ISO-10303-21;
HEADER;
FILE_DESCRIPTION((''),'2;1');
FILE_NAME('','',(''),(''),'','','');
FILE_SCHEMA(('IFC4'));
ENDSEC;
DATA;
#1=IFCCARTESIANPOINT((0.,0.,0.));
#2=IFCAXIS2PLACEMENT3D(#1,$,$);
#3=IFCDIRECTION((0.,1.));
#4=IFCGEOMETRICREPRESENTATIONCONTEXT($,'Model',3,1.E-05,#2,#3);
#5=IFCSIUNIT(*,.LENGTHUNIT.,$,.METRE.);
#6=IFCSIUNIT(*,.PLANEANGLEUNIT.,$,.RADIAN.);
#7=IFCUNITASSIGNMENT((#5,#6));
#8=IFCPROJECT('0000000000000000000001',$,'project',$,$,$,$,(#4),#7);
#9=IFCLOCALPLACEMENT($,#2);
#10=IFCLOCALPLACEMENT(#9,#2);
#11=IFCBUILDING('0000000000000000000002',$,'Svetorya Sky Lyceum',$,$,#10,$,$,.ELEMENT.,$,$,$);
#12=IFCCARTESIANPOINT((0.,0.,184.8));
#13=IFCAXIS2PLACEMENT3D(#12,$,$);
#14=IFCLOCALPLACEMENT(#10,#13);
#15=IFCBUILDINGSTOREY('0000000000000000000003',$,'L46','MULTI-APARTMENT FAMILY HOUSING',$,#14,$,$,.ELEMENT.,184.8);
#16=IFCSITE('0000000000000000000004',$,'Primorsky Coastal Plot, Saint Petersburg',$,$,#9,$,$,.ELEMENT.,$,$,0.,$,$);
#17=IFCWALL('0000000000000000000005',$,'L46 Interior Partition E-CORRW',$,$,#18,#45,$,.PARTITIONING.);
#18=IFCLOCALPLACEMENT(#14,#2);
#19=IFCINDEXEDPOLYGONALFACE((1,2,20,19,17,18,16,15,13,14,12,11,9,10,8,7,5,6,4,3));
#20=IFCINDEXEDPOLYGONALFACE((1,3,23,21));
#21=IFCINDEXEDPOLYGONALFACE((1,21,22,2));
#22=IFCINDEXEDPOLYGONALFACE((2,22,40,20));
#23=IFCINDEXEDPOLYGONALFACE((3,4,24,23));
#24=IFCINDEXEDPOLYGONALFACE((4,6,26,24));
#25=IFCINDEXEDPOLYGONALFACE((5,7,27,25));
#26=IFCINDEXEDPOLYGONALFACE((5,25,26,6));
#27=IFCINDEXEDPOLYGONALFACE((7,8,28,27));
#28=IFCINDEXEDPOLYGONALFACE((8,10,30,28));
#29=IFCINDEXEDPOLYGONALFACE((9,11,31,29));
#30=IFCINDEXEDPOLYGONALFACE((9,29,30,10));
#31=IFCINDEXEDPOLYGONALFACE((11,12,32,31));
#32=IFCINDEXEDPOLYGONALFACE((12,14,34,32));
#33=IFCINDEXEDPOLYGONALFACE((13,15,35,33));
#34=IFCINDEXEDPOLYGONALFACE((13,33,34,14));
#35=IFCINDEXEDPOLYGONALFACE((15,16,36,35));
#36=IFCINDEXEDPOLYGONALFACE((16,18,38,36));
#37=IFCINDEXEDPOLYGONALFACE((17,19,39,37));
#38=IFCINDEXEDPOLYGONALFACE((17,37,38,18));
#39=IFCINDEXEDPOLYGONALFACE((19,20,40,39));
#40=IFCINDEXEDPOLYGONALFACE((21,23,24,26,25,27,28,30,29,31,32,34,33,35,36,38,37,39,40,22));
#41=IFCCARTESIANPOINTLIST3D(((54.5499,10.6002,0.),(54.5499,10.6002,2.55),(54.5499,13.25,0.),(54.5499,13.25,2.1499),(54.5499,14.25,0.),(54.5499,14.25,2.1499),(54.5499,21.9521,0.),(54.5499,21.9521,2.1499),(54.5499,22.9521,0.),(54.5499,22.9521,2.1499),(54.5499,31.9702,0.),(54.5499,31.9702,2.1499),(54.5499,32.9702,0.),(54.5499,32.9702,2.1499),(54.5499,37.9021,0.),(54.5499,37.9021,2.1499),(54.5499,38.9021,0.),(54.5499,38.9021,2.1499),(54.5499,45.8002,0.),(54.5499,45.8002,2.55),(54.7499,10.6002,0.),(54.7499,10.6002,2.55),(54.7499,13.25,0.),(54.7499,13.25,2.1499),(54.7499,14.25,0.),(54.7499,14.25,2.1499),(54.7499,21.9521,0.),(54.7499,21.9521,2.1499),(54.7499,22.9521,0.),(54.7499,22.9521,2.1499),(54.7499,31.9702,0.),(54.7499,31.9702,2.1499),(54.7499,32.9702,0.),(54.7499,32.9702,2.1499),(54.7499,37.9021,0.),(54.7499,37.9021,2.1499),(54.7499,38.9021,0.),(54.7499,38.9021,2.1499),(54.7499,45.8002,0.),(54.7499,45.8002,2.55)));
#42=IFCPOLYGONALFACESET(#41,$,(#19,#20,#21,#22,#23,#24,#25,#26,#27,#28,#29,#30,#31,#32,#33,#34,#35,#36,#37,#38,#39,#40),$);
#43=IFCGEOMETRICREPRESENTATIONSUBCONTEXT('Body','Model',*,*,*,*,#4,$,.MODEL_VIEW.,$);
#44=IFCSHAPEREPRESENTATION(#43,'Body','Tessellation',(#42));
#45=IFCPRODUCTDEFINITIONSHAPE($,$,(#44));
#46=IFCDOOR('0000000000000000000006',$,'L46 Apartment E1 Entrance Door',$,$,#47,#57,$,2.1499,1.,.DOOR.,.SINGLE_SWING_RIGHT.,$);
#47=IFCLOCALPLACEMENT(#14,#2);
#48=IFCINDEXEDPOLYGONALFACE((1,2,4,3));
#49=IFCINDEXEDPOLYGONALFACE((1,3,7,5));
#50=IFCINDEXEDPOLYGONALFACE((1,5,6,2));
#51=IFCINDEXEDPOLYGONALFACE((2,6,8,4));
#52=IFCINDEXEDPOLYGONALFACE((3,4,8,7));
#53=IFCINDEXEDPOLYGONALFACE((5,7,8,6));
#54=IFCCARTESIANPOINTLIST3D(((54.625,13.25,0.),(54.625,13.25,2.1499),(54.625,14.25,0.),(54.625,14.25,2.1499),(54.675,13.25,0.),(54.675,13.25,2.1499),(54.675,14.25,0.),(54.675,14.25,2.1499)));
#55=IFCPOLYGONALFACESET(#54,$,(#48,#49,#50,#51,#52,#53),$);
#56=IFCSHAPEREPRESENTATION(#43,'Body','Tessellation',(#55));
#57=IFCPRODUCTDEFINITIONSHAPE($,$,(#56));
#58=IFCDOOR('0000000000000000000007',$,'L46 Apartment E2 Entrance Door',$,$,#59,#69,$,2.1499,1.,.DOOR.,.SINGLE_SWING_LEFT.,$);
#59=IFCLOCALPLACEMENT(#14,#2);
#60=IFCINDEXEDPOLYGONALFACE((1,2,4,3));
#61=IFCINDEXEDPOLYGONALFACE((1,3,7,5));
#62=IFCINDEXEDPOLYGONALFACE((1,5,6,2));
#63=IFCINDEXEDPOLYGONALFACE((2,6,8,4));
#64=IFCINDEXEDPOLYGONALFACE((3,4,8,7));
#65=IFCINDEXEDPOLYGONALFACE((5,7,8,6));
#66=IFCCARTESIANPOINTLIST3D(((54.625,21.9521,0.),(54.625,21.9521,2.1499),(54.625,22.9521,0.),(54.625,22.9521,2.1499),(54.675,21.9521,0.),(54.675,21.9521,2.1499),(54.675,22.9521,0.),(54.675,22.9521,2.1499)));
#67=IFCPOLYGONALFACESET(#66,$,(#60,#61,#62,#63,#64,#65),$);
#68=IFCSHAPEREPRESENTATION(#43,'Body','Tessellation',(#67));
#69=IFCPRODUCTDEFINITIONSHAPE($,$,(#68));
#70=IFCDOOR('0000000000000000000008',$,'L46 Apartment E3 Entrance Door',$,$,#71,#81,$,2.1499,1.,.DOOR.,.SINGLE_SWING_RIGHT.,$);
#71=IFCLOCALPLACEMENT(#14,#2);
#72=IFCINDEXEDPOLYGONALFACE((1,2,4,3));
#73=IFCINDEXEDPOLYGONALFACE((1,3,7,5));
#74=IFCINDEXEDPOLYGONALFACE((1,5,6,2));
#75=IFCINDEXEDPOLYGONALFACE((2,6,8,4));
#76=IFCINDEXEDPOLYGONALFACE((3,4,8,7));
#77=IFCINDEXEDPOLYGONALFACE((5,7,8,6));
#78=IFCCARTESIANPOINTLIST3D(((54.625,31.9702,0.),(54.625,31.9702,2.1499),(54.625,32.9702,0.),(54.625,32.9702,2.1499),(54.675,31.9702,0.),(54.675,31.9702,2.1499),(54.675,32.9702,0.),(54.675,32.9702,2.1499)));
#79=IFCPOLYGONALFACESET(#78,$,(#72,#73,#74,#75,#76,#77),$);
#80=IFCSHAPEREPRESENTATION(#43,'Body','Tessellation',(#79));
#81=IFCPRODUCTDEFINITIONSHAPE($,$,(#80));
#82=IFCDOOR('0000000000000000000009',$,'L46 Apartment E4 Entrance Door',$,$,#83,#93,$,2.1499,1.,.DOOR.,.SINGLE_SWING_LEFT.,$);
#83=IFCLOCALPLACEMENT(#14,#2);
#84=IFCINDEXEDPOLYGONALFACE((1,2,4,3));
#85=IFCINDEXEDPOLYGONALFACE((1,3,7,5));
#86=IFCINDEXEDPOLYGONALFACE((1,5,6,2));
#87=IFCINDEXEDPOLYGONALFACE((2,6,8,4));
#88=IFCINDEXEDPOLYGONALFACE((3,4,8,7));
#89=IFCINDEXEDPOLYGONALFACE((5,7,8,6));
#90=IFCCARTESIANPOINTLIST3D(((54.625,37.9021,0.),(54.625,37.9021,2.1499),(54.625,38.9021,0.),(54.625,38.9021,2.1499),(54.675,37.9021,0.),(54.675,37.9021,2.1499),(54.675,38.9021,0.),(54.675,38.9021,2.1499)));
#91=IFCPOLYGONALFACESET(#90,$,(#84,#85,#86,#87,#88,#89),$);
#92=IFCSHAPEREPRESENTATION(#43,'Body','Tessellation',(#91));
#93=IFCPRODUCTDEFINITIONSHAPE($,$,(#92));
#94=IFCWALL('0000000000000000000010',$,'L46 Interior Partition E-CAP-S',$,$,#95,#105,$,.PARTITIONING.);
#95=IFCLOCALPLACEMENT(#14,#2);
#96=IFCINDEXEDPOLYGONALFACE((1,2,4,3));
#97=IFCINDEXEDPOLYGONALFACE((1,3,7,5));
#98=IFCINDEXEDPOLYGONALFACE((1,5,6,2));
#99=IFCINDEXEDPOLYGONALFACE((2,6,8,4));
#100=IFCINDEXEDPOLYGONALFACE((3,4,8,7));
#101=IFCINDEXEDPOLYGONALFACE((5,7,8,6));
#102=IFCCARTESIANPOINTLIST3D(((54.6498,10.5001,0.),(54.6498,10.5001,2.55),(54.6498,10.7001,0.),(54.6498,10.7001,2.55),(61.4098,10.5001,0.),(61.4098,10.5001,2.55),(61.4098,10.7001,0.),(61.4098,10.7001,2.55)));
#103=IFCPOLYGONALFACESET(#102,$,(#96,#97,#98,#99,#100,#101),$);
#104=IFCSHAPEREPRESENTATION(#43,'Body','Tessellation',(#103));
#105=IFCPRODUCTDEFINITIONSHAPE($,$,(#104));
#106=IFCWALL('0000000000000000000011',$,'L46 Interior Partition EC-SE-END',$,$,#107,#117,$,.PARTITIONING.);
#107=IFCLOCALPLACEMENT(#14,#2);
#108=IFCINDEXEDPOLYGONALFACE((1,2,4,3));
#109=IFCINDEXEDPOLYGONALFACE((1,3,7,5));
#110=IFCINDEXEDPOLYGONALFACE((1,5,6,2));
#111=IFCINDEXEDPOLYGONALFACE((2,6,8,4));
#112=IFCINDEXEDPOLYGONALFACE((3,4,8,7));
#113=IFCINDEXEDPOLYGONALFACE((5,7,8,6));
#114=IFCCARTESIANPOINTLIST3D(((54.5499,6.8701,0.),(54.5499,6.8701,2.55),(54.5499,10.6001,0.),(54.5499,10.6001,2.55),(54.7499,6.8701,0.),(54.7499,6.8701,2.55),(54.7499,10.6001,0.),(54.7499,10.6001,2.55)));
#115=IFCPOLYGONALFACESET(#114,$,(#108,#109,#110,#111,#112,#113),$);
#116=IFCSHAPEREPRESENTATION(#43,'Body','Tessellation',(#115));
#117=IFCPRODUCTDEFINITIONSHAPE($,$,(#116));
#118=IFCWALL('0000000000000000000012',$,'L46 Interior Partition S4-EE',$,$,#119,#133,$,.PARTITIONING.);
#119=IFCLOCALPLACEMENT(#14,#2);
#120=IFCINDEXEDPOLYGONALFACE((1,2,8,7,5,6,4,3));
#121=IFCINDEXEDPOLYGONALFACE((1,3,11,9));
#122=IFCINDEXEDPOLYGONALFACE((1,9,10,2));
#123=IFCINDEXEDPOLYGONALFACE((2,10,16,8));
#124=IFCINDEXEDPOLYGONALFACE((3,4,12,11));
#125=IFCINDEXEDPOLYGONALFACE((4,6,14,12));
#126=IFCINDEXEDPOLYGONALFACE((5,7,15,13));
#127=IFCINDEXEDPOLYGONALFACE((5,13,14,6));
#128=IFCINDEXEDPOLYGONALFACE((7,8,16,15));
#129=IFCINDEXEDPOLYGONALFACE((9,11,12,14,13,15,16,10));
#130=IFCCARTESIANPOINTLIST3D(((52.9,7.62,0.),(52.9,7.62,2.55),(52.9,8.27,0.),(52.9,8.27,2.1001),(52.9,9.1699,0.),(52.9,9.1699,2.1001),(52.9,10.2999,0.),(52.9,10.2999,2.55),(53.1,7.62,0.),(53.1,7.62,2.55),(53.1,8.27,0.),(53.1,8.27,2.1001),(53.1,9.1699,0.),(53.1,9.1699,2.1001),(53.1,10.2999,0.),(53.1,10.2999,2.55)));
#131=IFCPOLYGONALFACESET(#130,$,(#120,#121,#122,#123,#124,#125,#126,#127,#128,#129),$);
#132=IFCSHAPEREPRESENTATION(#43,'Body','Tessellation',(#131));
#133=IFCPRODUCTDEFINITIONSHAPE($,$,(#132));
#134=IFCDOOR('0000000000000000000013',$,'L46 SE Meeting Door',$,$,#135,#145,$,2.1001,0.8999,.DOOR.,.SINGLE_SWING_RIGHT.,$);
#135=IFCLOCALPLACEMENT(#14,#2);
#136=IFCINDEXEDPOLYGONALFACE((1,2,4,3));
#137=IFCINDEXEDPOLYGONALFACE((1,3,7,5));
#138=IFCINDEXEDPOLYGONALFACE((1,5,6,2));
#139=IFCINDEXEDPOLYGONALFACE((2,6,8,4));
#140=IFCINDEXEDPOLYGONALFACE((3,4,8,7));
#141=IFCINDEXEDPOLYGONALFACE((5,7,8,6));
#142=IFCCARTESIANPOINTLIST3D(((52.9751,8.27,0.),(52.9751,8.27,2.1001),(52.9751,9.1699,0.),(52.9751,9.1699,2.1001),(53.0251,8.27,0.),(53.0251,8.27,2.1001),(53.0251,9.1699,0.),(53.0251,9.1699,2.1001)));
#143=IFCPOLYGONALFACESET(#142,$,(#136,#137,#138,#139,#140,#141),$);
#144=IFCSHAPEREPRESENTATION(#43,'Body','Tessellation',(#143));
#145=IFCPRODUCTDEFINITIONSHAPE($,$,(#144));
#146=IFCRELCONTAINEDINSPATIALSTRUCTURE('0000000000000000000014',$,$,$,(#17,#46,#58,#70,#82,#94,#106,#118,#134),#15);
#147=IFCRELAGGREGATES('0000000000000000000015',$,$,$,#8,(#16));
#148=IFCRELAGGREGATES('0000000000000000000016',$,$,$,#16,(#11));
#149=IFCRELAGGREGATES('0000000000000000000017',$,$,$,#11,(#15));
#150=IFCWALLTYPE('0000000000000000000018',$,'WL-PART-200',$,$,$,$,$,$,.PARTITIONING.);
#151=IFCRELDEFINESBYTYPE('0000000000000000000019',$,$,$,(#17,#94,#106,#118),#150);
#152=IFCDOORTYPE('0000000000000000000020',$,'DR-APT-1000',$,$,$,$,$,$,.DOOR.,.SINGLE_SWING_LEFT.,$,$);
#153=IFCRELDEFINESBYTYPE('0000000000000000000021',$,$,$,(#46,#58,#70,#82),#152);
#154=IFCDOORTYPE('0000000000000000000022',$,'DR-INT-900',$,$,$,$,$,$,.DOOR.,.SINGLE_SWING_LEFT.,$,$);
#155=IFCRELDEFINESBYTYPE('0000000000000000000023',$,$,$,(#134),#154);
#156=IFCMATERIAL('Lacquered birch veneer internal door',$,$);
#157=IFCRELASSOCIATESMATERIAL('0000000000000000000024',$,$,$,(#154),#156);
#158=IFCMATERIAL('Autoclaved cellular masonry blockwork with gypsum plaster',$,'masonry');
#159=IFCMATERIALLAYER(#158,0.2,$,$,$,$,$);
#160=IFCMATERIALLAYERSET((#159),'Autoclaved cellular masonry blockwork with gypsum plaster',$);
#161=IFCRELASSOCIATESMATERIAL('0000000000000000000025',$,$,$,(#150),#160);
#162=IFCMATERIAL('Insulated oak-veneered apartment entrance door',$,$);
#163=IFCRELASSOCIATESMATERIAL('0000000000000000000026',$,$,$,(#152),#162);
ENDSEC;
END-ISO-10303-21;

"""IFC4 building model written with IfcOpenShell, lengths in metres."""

from ifc_helpers import new_model, si_unit, direction, frame, frame_2d, origin, place, context, subcontext, project, spatial, rectangle, extrude, material, layer, layer_set, type_object, element, fill, save


model = new_model("IFC4")

# Units and contexts
model_context = context("Model", 3, precision=1e-05, world=origin(), true_north=direction((0.0, 1.0)))
body_context = subcontext(model_context, "Body", "Model", "MODEL_VIEW")
ifc_project = project(units=[si_unit("LENGTHUNIT", "METRE"), si_unit("PLANEANGLEUNIT", "RADIAN")], contexts=[model_context])

# Site, building, storey
site_placement = place(None, origin())
site = spatial("IfcSite", under=ifc_project, at=site_placement, Name="Primorsky Coastal Plot, Saint Petersburg", CompositionType="ELEMENT", RefElevation=0.0)
building_placement = place(site_placement, origin())
building = spatial("IfcBuilding", under=site, at=building_placement, Name="Svetorya Sky Lyceum", CompositionType="ELEMENT")
storey_placement = place(building_placement, frame((0.0, 0.0, 184.8)))
storey = spatial("IfcBuildingStorey", under=building, at=storey_placement, Name="L46", Description="MULTI-APARTMENT FAMILY HOUSING", CompositionType="ELEMENT", Elevation=184.8)

# Shared definitions
ifc_material_1 = material(Name="Lacquered birch veneer internal door")
door_type_1 = type_object("IfcDoorType", Name="DR-INT-900", OperationType="SINGLE_SWING_LEFT", PredefinedType="DOOR", material=ifc_material_1)

# Wall, openings, doors
ifc_material_2 = material(Name="Autoclaved cellular masonry blockwork with gypsum plaster", Category="masonry")
ifc_layer_1 = layer(ifc_material_2, 0.2)
ifc_layer_set_1 = layer_set([ifc_layer_1], Name="Autoclaved cellular masonry blockwork with gypsum plaster")
wall_type_1 = type_object("IfcWallType", Name="WL-PART-200", PredefinedType="PARTITIONING", material=ifc_layer_set_1)
wall_1_placement = place(storey_placement, frame((54.6499, 10.6001, 0.0), z_axis=(0.0, 0.0, 1.0), x_axis=(0.0, 1.0, 0.0)))
wall_1 = element("IfcWall", 1, at=wall_1_placement, inside=storey, type_object=wall_type_1, Name="L46 Interior Partition E-CORRW", PredefinedType="PARTITIONING", context=body_context, shape_type="SweptSolid", body=[
    extrude(rectangle(XDim=35.2, YDim=0.2, at=frame_2d((17.6001, 0.0))), origin(), (0.0, 0.0, 1.0), 2.55),
])
opening_1_placement = place(wall_1_placement, frame((2.6499, 0.0, 0.0)))
opening_1 = element("IfcOpeningElement", 2, at=opening_1_placement, cuts=wall_1, PredefinedType="OPENING", context=body_context, shape_type="SweptSolid", body=[
    extrude(rectangle(XDim=1.0, YDim=2.1499, at=frame_2d((0.5, 1.075))), frame((0.0, 0.1099, 0.0), z_axis=(0.0, -1.0, 0.0), x_axis=(1.0, 0.0, 0.0)), (0.0, 0.0, 1.0), 0.22),
])
opening_2_placement = place(wall_1_placement, frame((11.3521, 0.0, 0.0)))
opening_2 = element("IfcOpeningElement", 3, at=opening_2_placement, cuts=wall_1, PredefinedType="OPENING", context=body_context, shape_type="SweptSolid", body=[
    extrude(rectangle(XDim=1.0, YDim=2.1499, at=frame_2d((0.5, 1.075))), frame((0.0, 0.1099, 0.0), z_axis=(0.0, -1.0, 0.0), x_axis=(1.0, 0.0, 0.0)), (0.0, 0.0, 1.0), 0.22),
])
opening_3_placement = place(wall_1_placement, frame((21.3701, 0.0, 0.0)))
opening_3 = element("IfcOpeningElement", 4, at=opening_3_placement, cuts=wall_1, PredefinedType="OPENING", context=body_context, shape_type="SweptSolid", body=[
    extrude(rectangle(XDim=1.0, YDim=2.1499, at=frame_2d((0.5, 1.075))), frame((0.0, 0.1099, 0.0), z_axis=(0.0, -1.0, 0.0), x_axis=(1.0, 0.0, 0.0)), (0.0, 0.0, 1.0), 0.22),
])
opening_4_placement = place(wall_1_placement, frame((27.302, 0.0, 0.0)))
opening_4 = element("IfcOpeningElement", 5, at=opening_4_placement, cuts=wall_1, PredefinedType="OPENING", context=body_context, shape_type="SweptSolid", body=[
    extrude(rectangle(XDim=1.0, YDim=2.1499, at=frame_2d((0.5, 1.075))), frame((0.0, 0.1099, 0.0), z_axis=(0.0, -1.0, 0.0), x_axis=(1.0, 0.0, 0.0)), (0.0, 0.0, 1.0), 0.22),
])
ifc_material_3 = material(Name="Insulated oak-veneered apartment entrance door")
door_type_2 = type_object("IfcDoorType", Name="DR-APT-1000", OperationType="SINGLE_SWING_LEFT", PredefinedType="DOOR", material=ifc_material_3)
door_1_placement = place(opening_1_placement, origin())
door_1 = element("IfcDoor", 6, at=door_1_placement, inside=storey, type_object=door_type_2, Name="L46 Apartment E1 Entrance Door", OperationType="SINGLE_SWING_RIGHT", OverallHeight=2.1499, OverallWidth=1.0, PredefinedType="DOOR", context=body_context, shape_type="SweptSolid", body=[
    extrude(rectangle(XDim=1.0, YDim=2.1499, at=frame_2d((0.5, 1.075))), frame((0.0, 0.0249, 0.0), z_axis=(0.0, -1.0, 0.0), x_axis=(1.0, 0.0, 0.0)), (0.0, 0.0, 1.0), 0.05),
])
fill(opening_1, door_1)
door_2_placement = place(opening_2_placement, origin())
door_2 = element("IfcDoor", 7, at=door_2_placement, inside=storey, type_object=door_type_2, Name="L46 Apartment E2 Entrance Door", OperationType="SINGLE_SWING_LEFT", OverallHeight=2.1499, OverallWidth=1.0, PredefinedType="DOOR", context=body_context, shape_type="SweptSolid", body=[
    extrude(rectangle(XDim=1.0, YDim=2.1499, at=frame_2d((0.5, 1.075))), frame((0.0, 0.0249, 0.0), z_axis=(0.0, -1.0, 0.0), x_axis=(1.0, 0.0, 0.0)), (0.0, 0.0, 1.0), 0.05),
])
fill(opening_2, door_2)
door_3_placement = place(opening_3_placement, origin())
door_3 = element("IfcDoor", 8, at=door_3_placement, inside=storey, type_object=door_type_2, Name="L46 Apartment E3 Entrance Door", OperationType="SINGLE_SWING_RIGHT", OverallHeight=2.1499, OverallWidth=1.0, PredefinedType="DOOR", context=body_context, shape_type="SweptSolid", body=[
    extrude(rectangle(XDim=1.0, YDim=2.1499, at=frame_2d((0.5, 1.075))), frame((0.0, 0.0249, 0.0), z_axis=(0.0, -1.0, 0.0), x_axis=(1.0, 0.0, 0.0)), (0.0, 0.0, 1.0), 0.05),
])
fill(opening_3, door_3)
door_4_placement = place(opening_4_placement, origin())
door_4 = element("IfcDoor", 9, at=door_4_placement, inside=storey, type_object=door_type_2, Name="L46 Apartment E4 Entrance Door", OperationType="SINGLE_SWING_LEFT", OverallHeight=2.1499, OverallWidth=1.0, PredefinedType="DOOR", context=body_context, shape_type="SweptSolid", body=[
    extrude(rectangle(XDim=1.0, YDim=2.1499, at=frame_2d((0.5, 1.075))), frame((0.0, 0.0249, 0.0), z_axis=(0.0, -1.0, 0.0), x_axis=(1.0, 0.0, 0.0)), (0.0, 0.0, 1.0), 0.05),
])
fill(opening_4, door_4)

# Walls
wall_2_placement = place(storey_placement, frame((54.6499, 10.6001, 0.0), z_axis=(0.0, 0.0, 1.0), x_axis=(1.0, 0.0, 0.0)))
element("IfcWall", 10, at=wall_2_placement, inside=storey, type_object=wall_type_1, Name="L46 Interior Partition E-CAP-S", PredefinedType="PARTITIONING", context=body_context, shape_type="SweptSolid", body=[
    extrude(rectangle(XDim=6.76, YDim=0.2, at=frame_2d((3.3799, 0.0))), origin(), (0.0, 0.0, 1.0), 2.55),
])
wall_3_placement = place(storey_placement, frame((54.6499, 6.8701, 0.0), z_axis=(0.0, 0.0, 1.0), x_axis=(0.0, 1.0, 0.0)))
element("IfcWall", 11, at=wall_3_placement, inside=storey, type_object=wall_type_1, Name="L46 Interior Partition EC-SE-END", PredefinedType="PARTITIONING", context=body_context, shape_type="SweptSolid", body=[
    extrude(rectangle(XDim=3.73, YDim=0.2, at=frame_2d((1.865, 0.0))), origin(), (0.0, 0.0, 1.0), 2.55),
])

# Wall, opening, door
wall_4_placement = place(storey_placement, frame((53.0, 7.6201, 0.0), z_axis=(0.0, 0.0, 1.0), x_axis=(0.0, 1.0, 0.0)))
wall_4 = element("IfcWall", 12, at=wall_4_placement, inside=storey, type_object=wall_type_1, Name="L46 Interior Partition S4-EE", PredefinedType="PARTITIONING", context=body_context, shape_type="SweptSolid", body=[
    extrude(rectangle(XDim=2.6799, YDim=0.2, at=frame_2d((1.3398, 0.0))), origin(), (0.0, 0.0, 1.0), 2.55),
])
opening_5_placement = place(wall_4_placement, frame((0.6499, 0.0, 0.0)))
opening_5 = element("IfcOpeningElement", 13, at=opening_5_placement, cuts=wall_4, PredefinedType="OPENING", context=body_context, shape_type="SweptSolid", body=[
    extrude(rectangle(XDim=0.8999, YDim=2.1001, at=frame_2d((0.45, 1.05))), frame((0.0, 0.1099, 0.0), z_axis=(0.0, -1.0, 0.0), x_axis=(1.0, 0.0, 0.0)), (0.0, 0.0, 1.0), 0.22),
])
door_5_placement = place(opening_5_placement, origin())
door_5 = element("IfcDoor", 14, at=door_5_placement, inside=storey, type_object=door_type_1, Name="L46 SE Meeting Door", OperationType="SINGLE_SWING_RIGHT", OverallHeight=2.1001, OverallWidth=0.8999, PredefinedType="DOOR", context=body_context, shape_type="SweptSolid", body=[
    extrude(rectangle(XDim=0.8999, YDim=2.1001, at=frame_2d((0.45, 1.05))), frame((0.0, 0.0249, 0.0), z_axis=(0.0, -1.0, 0.0), x_axis=(1.0, 0.0, 0.0)), (0.0, 0.0, 1.0), 0.05),
])
fill(opening_5, door_5)

save(model, "model.ifc")
